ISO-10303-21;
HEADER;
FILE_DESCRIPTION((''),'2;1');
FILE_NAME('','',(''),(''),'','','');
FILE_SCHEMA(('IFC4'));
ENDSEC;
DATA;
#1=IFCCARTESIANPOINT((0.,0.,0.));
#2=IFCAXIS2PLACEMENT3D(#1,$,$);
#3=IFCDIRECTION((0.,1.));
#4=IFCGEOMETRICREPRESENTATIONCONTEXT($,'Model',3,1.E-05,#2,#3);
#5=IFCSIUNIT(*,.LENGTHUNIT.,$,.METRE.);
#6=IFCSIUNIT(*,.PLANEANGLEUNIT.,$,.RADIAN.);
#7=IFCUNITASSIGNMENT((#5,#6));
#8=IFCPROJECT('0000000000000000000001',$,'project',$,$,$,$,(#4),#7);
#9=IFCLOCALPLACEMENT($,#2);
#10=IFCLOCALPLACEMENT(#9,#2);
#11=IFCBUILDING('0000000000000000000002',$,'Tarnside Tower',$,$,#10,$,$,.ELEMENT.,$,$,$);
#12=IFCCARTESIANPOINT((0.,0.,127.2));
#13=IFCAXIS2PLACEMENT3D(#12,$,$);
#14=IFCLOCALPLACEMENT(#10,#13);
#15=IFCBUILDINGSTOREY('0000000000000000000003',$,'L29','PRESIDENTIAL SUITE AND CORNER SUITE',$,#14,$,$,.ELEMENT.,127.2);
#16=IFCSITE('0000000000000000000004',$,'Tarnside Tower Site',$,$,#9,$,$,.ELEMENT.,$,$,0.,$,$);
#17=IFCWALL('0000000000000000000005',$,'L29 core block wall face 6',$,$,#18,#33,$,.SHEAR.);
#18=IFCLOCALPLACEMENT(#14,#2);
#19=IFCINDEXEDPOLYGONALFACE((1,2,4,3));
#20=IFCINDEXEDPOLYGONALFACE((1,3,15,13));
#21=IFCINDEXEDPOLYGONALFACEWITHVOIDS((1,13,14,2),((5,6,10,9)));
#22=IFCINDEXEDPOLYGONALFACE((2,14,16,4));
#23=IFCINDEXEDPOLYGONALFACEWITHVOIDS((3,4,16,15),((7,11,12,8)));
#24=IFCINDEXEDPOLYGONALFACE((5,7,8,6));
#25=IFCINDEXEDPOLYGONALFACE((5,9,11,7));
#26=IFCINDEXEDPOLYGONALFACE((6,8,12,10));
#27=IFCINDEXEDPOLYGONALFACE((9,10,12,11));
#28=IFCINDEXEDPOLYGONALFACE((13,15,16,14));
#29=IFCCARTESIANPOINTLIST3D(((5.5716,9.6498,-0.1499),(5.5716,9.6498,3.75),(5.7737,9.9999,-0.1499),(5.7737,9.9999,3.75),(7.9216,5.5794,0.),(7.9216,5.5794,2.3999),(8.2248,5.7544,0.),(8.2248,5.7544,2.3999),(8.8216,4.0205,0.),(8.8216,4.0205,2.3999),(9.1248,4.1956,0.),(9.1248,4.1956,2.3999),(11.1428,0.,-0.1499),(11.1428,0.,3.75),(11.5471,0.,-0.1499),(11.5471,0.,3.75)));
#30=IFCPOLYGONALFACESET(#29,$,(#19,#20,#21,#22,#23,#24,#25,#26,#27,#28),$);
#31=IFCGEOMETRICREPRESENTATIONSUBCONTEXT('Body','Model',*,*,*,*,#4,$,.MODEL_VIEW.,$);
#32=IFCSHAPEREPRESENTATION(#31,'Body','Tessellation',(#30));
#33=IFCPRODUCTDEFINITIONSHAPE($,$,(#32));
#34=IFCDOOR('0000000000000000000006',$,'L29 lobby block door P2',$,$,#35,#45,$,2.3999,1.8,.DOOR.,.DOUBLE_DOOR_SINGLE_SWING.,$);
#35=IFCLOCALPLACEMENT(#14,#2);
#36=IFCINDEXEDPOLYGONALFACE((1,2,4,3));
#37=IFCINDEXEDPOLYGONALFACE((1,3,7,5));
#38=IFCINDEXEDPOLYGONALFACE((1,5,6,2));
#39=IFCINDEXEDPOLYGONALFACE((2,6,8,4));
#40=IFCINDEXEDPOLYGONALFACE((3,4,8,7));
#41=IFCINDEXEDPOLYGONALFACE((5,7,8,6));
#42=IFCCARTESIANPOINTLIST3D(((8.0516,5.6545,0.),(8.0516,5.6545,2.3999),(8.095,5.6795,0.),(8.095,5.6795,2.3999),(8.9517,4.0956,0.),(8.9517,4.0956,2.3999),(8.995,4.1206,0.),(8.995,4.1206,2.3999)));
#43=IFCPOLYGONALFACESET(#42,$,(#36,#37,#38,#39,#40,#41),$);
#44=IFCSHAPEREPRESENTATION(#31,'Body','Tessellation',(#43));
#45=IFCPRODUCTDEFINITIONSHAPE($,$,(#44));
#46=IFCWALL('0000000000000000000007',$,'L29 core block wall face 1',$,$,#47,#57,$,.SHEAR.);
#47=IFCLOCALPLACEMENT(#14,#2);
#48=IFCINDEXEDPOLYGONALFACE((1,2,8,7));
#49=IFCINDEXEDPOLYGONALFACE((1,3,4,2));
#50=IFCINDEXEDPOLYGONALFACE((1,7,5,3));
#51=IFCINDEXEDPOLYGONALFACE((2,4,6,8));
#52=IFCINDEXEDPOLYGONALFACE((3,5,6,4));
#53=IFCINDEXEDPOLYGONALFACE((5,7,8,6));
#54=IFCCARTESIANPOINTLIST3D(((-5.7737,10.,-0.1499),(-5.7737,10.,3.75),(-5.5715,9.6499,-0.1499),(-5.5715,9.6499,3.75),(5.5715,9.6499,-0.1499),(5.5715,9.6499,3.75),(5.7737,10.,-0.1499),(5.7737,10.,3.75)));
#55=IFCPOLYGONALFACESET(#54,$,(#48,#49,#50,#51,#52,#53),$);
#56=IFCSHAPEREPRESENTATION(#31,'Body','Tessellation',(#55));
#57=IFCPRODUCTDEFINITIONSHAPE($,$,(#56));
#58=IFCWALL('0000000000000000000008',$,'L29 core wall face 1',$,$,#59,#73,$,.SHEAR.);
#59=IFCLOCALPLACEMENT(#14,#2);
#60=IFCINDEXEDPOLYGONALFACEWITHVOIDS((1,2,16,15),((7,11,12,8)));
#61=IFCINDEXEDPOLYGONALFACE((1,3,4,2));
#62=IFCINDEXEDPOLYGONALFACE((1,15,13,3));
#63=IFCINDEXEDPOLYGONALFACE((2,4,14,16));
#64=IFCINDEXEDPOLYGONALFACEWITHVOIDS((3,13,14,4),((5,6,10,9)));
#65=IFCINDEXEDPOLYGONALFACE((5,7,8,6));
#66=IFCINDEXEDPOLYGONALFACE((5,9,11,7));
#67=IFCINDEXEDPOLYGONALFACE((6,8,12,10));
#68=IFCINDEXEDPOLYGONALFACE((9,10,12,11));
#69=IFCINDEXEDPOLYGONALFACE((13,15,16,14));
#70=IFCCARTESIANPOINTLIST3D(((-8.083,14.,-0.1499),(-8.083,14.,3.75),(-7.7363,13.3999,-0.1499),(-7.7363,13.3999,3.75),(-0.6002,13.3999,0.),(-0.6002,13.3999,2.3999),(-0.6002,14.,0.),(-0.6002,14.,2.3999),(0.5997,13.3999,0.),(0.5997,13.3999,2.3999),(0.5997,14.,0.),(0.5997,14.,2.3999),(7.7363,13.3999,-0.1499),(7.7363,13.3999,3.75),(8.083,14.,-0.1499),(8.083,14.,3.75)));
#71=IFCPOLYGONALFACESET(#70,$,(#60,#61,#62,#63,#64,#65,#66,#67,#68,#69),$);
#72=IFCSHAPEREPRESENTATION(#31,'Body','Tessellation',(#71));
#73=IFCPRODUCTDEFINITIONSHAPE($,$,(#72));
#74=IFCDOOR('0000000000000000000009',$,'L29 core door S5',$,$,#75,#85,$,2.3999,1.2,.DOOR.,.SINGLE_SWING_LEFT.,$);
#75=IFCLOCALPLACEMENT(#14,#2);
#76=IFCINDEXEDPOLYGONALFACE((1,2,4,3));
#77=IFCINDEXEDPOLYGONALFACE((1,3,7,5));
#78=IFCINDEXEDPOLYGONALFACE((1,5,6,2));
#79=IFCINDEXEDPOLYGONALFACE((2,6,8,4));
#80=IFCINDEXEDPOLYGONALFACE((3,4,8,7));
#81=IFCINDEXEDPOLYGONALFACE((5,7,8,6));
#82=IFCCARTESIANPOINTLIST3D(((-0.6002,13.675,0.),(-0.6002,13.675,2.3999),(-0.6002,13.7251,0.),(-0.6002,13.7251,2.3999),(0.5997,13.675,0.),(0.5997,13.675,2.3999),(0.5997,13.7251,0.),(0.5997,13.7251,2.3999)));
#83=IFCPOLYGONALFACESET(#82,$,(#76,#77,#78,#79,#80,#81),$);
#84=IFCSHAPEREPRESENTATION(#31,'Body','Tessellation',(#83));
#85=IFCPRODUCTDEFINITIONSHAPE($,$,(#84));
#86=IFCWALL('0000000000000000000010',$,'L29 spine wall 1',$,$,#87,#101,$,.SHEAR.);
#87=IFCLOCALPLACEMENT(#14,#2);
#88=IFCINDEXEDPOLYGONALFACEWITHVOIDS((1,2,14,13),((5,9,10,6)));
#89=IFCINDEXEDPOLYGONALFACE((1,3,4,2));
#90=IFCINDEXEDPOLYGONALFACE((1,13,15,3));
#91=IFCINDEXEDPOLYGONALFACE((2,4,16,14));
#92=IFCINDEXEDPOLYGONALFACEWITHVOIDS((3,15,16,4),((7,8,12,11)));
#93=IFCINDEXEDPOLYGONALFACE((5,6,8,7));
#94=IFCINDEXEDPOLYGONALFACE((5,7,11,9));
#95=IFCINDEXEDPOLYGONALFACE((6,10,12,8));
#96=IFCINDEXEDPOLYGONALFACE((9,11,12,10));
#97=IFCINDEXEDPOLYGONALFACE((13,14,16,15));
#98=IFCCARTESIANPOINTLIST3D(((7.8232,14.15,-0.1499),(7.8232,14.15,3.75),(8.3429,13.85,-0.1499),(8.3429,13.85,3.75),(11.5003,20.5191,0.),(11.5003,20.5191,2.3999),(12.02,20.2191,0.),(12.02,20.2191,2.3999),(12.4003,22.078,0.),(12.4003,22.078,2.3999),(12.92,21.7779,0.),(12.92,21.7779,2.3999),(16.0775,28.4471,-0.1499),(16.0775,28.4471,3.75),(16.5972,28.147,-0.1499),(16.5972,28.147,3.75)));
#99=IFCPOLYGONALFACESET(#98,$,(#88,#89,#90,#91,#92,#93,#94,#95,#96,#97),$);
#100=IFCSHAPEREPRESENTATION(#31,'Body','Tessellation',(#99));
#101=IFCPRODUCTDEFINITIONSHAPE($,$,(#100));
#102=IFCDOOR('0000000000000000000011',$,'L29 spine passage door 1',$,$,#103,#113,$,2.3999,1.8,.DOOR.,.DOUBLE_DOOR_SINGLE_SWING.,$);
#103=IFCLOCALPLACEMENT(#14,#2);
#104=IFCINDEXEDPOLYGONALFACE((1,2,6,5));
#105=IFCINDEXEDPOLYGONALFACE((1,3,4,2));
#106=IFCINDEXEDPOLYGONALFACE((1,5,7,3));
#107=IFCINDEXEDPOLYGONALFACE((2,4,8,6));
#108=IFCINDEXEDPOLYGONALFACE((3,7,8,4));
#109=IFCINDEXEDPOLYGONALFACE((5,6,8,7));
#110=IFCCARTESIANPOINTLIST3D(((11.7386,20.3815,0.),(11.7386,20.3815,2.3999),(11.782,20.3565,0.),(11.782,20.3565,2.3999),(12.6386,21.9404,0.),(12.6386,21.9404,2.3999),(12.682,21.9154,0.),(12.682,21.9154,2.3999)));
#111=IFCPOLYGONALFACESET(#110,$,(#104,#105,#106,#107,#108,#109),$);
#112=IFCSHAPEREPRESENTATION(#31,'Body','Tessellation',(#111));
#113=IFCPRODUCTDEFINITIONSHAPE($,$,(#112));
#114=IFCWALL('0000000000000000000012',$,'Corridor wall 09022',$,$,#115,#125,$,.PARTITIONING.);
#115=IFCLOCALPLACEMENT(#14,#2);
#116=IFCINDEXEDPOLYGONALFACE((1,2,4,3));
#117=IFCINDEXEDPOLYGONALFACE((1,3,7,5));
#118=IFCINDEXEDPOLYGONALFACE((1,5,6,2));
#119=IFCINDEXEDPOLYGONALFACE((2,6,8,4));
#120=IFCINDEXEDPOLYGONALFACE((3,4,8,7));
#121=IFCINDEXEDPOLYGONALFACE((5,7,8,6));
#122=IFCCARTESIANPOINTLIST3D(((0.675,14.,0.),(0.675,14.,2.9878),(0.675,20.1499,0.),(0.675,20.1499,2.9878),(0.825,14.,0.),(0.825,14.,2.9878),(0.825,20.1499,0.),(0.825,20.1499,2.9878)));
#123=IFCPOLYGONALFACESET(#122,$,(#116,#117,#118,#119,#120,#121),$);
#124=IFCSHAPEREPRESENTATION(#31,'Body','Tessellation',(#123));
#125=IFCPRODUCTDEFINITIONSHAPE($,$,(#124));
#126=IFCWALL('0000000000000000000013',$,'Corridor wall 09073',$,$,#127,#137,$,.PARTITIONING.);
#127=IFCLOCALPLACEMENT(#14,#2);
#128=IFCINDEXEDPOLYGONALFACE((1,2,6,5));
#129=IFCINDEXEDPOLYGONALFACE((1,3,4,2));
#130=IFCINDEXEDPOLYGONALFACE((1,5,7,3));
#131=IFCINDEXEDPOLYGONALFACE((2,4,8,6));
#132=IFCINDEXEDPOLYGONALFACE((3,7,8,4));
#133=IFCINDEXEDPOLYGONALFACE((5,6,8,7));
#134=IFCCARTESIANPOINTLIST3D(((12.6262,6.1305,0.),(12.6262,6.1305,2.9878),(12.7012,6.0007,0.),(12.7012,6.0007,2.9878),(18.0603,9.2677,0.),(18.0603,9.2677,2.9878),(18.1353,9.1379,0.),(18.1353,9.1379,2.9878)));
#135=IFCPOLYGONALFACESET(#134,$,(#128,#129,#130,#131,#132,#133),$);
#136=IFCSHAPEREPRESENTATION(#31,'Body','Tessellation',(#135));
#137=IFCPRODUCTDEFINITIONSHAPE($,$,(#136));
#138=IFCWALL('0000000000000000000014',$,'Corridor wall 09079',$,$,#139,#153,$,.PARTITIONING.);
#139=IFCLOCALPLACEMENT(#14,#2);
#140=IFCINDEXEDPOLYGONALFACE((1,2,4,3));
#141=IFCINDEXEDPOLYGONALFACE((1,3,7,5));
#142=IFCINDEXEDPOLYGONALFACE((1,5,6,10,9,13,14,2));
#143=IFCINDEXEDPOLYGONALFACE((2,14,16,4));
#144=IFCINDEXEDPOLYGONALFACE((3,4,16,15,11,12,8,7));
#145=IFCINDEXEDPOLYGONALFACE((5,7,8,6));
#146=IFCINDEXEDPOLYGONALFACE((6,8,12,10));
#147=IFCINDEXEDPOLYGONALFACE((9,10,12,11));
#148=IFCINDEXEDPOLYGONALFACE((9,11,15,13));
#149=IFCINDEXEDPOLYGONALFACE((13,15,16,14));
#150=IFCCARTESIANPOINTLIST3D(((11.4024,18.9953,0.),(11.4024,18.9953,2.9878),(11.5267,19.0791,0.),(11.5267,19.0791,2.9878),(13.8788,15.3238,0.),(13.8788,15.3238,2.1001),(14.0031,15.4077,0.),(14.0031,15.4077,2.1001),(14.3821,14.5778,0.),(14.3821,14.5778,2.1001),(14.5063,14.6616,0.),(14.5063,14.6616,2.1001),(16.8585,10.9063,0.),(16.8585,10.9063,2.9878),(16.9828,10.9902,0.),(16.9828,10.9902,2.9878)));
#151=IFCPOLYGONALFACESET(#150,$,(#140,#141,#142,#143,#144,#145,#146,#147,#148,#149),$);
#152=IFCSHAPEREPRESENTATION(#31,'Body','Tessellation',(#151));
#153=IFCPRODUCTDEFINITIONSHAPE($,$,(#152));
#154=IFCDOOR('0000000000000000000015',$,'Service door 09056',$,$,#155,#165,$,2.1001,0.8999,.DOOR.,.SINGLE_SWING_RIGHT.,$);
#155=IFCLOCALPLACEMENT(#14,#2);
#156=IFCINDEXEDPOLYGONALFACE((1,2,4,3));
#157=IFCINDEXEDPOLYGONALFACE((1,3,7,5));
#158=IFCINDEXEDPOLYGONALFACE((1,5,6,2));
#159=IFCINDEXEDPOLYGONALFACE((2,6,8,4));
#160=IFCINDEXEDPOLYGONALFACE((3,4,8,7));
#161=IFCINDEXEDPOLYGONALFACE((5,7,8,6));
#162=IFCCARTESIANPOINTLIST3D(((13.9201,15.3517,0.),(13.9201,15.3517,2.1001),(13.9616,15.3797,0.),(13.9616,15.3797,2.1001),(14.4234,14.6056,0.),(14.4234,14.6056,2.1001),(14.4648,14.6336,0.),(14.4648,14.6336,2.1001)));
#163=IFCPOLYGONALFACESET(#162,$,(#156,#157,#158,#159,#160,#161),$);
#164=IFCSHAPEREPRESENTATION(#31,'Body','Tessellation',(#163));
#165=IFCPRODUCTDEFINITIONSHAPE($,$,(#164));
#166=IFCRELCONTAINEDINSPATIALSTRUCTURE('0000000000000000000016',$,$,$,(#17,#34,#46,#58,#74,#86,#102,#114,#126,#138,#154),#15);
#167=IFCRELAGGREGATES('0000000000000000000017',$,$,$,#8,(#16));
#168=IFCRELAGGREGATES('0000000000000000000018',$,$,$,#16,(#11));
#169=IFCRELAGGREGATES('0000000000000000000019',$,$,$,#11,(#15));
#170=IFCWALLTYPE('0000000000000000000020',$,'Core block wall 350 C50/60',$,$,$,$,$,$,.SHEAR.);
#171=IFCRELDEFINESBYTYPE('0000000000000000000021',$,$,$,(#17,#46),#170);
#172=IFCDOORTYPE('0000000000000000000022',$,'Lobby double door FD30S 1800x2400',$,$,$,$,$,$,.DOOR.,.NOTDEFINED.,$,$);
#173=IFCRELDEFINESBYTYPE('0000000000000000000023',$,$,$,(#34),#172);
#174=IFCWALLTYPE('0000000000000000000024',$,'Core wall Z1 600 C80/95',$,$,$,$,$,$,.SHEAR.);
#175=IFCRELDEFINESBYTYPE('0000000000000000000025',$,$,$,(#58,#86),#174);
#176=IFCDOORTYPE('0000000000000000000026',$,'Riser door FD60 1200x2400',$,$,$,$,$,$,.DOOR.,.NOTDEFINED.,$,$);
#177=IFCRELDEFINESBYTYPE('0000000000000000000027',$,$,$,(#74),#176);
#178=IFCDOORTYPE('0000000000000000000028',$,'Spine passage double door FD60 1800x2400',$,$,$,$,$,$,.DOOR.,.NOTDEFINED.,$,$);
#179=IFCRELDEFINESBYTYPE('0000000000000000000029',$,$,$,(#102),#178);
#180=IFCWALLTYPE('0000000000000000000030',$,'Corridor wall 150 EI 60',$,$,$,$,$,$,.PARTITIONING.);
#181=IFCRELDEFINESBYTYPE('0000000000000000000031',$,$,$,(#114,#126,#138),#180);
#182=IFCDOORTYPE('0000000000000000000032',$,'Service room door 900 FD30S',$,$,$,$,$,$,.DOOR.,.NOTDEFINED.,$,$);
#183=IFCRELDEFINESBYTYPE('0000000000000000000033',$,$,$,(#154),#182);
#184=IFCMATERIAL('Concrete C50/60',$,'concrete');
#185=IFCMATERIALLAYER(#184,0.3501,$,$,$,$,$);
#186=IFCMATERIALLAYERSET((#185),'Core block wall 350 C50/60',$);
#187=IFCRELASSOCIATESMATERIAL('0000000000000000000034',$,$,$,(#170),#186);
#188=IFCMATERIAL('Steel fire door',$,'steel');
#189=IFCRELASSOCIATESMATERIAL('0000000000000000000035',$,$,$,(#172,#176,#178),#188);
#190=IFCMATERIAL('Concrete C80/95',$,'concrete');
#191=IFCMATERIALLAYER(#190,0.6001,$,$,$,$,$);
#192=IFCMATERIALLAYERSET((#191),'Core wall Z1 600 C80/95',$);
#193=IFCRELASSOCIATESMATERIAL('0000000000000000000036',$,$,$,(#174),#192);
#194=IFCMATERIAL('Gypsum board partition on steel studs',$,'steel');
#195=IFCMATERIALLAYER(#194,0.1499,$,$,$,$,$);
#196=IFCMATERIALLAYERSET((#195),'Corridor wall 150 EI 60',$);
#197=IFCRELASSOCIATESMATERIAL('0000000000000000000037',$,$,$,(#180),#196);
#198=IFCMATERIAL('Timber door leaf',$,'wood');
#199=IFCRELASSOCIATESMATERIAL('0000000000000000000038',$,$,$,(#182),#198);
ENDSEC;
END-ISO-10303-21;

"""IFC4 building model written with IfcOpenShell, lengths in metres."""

from ifc_helpers import new_model, si_unit, direction, frame, frame_2d, origin, place, context, subcontext, project, spatial, polyline, rectangle, outline, extrude, material, layer, layer_set, type_object, element, fill, save


model = new_model("IFC4")

# Units and contexts
model_context = context("Model", 3, precision=1e-05, world=origin(), true_north=direction((0.0, 1.0)))
body_context = subcontext(model_context, "Body", "Model", "MODEL_VIEW")
ifc_project = project(units=[si_unit("LENGTHUNIT", "METRE"), si_unit("PLANEANGLEUNIT", "RADIAN")], contexts=[model_context])

# Site, building, storey
site_placement = place(None, origin())
site = spatial("IfcSite", under=ifc_project, at=site_placement, Name="Tarnside Tower Site", CompositionType="ELEMENT", RefElevation=0.0)
building_placement = place(site_placement, origin())
building = spatial("IfcBuilding", under=site, at=building_placement, Name="Tarnside Tower", CompositionType="ELEMENT")
storey_placement = place(building_placement, frame((0.0, 0.0, 127.2)))
storey = spatial("IfcBuildingStorey", under=building, at=storey_placement, Name="L29", Description="PRESIDENTIAL SUITE AND CORNER SUITE", CompositionType="ELEMENT", Elevation=127.2)

# Wall, opening, door
ifc_material_1 = material(Name="Concrete C50/60", Category="concrete")
ifc_layer_1 = layer(ifc_material_1, 0.3501)
ifc_layer_set_1 = layer_set([ifc_layer_1], Name="Core block wall 350 C50/60")
wall_type_1 = type_object("IfcWallType", Name="Core block wall 350 C50/60", PredefinedType="SHEAR", material=ifc_layer_set_1)
wall_1_placement = place(storey_placement, frame((11.345, 0.0, -0.1499), z_axis=(0.0, 0.0, 1.0), x_axis=(-0.499995, 0.866028, 0.0)))
wall_1 = element("IfcWall", 1, at=wall_1_placement, inside=storey, type_object=wall_type_1, Name="L29 core block wall face 6", PredefinedType="SHEAR", context=body_context, shape_type="SweptSolid", body=[
    extrude(outline(polyline([(-0.1011, -0.175), (11.4458, -0.175), (11.2437, 0.175), (0.1011, 0.175), (-0.1011, -0.175)])), origin(), (0.0, 0.0, 1.0), 3.8999),
])
opening_1_placement = place(wall_1_placement, frame((4.7437, 0.0, 0.1499)))
opening_1 = element("IfcOpeningElement", 2, at=opening_1_placement, cuts=wall_1, PredefinedType="OPENING", context=body_context, shape_type="SweptSolid", body=[
    extrude(rectangle(XDim=1.8, YDim=2.3999, at=frame_2d((0.8999, 1.2))), frame((0.0, 0.1851, 0.0), z_axis=(0.0, -1.0, 0.0), x_axis=(1.0, 0.0, 0.0)), (0.0, 0.0, 1.0), 0.3701),
])
ifc_material_2 = material(Name="Steel fire door", Category="steel")
door_type_1 = type_object("IfcDoorType", Name="Lobby double door FD30S 1800x2400", OperationType="NOTDEFINED", PredefinedType="DOOR", material=ifc_material_2)
door_1_placement = place(opening_1_placement, origin())
door_1 = element("IfcDoor", 3, at=door_1_placement, inside=storey, type_object=door_type_1, Name="L29 lobby block door P2", OperationType="DOUBLE_DOOR_SINGLE_SWING", OverallHeight=2.3999, OverallWidth=1.8, PredefinedType="DOOR", context=body_context, shape_type="SweptSolid", body=[
    extrude(rectangle(XDim=1.8, YDim=2.3999, at=frame_2d((0.8999, 1.2))), frame((0.0, 0.0249, 0.0), z_axis=(0.0, -1.0, 0.0), x_axis=(1.0, 0.0, 0.0)), (0.0, 0.0, 1.0), 0.05),
])
fill(opening_1, door_1)

# Wall
wall_2_placement = place(storey_placement, frame((5.6726, 9.825, -0.1499), z_axis=(0.0, 0.0, 1.0), x_axis=(-1.0, 0.0, 0.0)))
element("IfcWall", 4, at=wall_2_placement, inside=storey, type_object=wall_type_1, Name="L29 core block wall face 1", PredefinedType="SHEAR", context=body_context, shape_type="SweptSolid", body=[
    extrude(outline(polyline([(-0.1011, -0.175), (11.4463, -0.175), (11.2441, 0.175), (0.1011, 0.175), (-0.1011, -0.175)])), origin(), (0.0, 0.0, 1.0), 3.8999),
])

# Walls, openings, doors
ifc_material_3 = material(Name="Concrete C80/95", Category="concrete")
ifc_layer_2 = layer(ifc_material_3, 0.6001)
ifc_layer_set_2 = layer_set([ifc_layer_2], Name="Core wall Z1 600 C80/95")
wall_type_2 = type_object("IfcWallType", Name="Core wall Z1 600 C80/95", PredefinedType="SHEAR", material=ifc_layer_set_2)
wall_3_placement = place(storey_placement, frame((7.9097, 13.7, -0.1499), z_axis=(0.0, 0.0, 1.0), x_axis=(-1.0, 0.0, 0.0)))
wall_3 = element("IfcWall", 5, at=wall_3_placement, inside=storey, type_object=wall_type_2, Name="L29 core wall face 1", PredefinedType="SHEAR", context=body_context, shape_type="SweptSolid", body=[
    extrude(outline(polyline([(-0.1733, -0.3), (15.9927, -0.3), (15.646, 0.3), (0.1733, 0.3), (-0.1733, -0.3)])), origin(), (0.0, 0.0, 1.0), 3.8999),
])
opening_2_placement = place(wall_3_placement, frame((7.3098, 0.0, 0.1499)))
opening_2 = element("IfcOpeningElement", 6, at=opening_2_placement, cuts=wall_3, PredefinedType="OPENING", context=body_context, shape_type="SweptSolid", body=[
    extrude(rectangle(XDim=1.2, YDim=2.3999, at=frame_2d((0.6001, 1.2))), frame((0.0, 0.3101, 0.0), z_axis=(0.0, -1.0, 0.0), x_axis=(1.0, 0.0, 0.0)), (0.0, 0.0, 1.0), 0.6201),
])
door_type_2 = type_object("IfcDoorType", Name="Riser door FD60 1200x2400", OperationType="NOTDEFINED", PredefinedType="DOOR", material=ifc_material_2)
door_2_placement = place(opening_2_placement, origin())
door_2 = element("IfcDoor", 7, at=door_2_placement, inside=storey, type_object=door_type_2, Name="L29 core door S5", OperationType="SINGLE_SWING_LEFT", OverallHeight=2.3999, OverallWidth=1.2, PredefinedType="DOOR", context=body_context, shape_type="SweptSolid", body=[
    extrude(rectangle(XDim=1.2, YDim=2.3999, at=frame_2d((0.6001, 1.2))), frame((0.0, 0.0249, 0.0), z_axis=(0.0, -1.0, 0.0), x_axis=(1.0, 0.0, 0.0)), (0.0, 0.0, 1.0), 0.05),
])
fill(opening_2, door_2)
wall_4_placement = place(storey_placement, frame((8.083, 14.0, -0.1499), z_axis=(0.0, 0.0, 1.0), x_axis=(0.499998, 0.866027, 0.0)))
wall_4 = element("IfcWall", 8, at=wall_4_placement, inside=storey, type_object=wall_type_2, Name="L29 spine wall 1", PredefinedType="SHEAR", context=body_context, shape_type="SweptSolid", body=[
    extrude(rectangle(XDim=16.5088, YDim=0.6001, at=frame_2d((8.2544, 0.0))), origin(), (0.0, 0.0, 1.0), 3.8999),
])
opening_3_placement = place(wall_4_placement, frame((7.3545, 0.0, 0.1499)))
opening_3 = element("IfcOpeningElement", 9, at=opening_3_placement, cuts=wall_4, PredefinedType="OPENING", context=body_context, shape_type="SweptSolid", body=[
    extrude(rectangle(XDim=1.8, YDim=2.3999, at=frame_2d((0.8999, 1.2))), frame((0.0, 0.3101, 0.0), z_axis=(0.0, -1.0, 0.0), x_axis=(1.0, 0.0, 0.0)), (0.0, 0.0, 1.0), 0.6201),
])
door_type_3 = type_object("IfcDoorType", Name="Spine passage double door FD60 1800x2400", OperationType="NOTDEFINED", PredefinedType="DOOR", material=ifc_material_2)
door_3_placement = place(opening_3_placement, origin())
door_3 = element("IfcDoor", 10, at=door_3_placement, inside=storey, type_object=door_type_3, Name="L29 spine passage door 1", OperationType="DOUBLE_DOOR_SINGLE_SWING", OverallHeight=2.3999, OverallWidth=1.8, PredefinedType="DOOR", context=body_context, shape_type="SweptSolid", body=[
    extrude(rectangle(XDim=1.8, YDim=2.3999, at=frame_2d((0.8999, 1.2))), frame((0.0, 0.0249, 0.0), z_axis=(0.0, -1.0, 0.0), x_axis=(1.0, 0.0, 0.0)), (0.0, 0.0, 1.0), 0.05),
])
fill(opening_3, door_3)

# Walls
ifc_material_4 = material(Name="Gypsum board partition on steel studs", Category="steel")
ifc_layer_3 = layer(ifc_material_4, 0.1499)
ifc_layer_set_3 = layer_set([ifc_layer_3], Name="Corridor wall 150 EI 60")
wall_type_3 = type_object("IfcWallType", Name="Corridor wall 150 EI 60", PredefinedType="PARTITIONING", material=ifc_layer_set_3)
wall_5_placement = place(storey_placement, frame((0.75, 14.0, 0.0), z_axis=(0.0, 0.0, 1.0), x_axis=(0.0, 1.0, 0.0)))
element("IfcWall", 11, at=wall_5_placement, inside=storey, type_object=wall_type_3, Name="Corridor wall 09022", PredefinedType="PARTITIONING", context=body_context, shape_type="SweptSolid", body=[
    extrude(rectangle(XDim=6.1499, YDim=0.1499, at=frame_2d((3.075, 0.0))), origin(), (0.0, 0.0, 1.0), 2.9878),
])
wall_6_placement = place(storey_placement, frame((12.6638, 6.0657, 0.0), z_axis=(0.0, 0.0, 1.0), x_axis=(0.866037, 0.499981, 0.0)))
element("IfcWall", 12, at=wall_6_placement, inside=storey, type_object=wall_type_3, Name="Corridor wall 09073", PredefinedType="PARTITIONING", context=body_context, shape_type="SweptSolid", body=[
    extrude(rectangle(XDim=6.2747, YDim=0.1499, at=frame_2d((3.1372, 0.0))), origin(), (0.0, 0.0, 1.0), 2.9878),
])

# Wall, opening, door
wall_7_placement = place(storey_placement, frame((11.4646, 19.0371, 0.0), z_axis=(0.0, 0.0, 1.0), x_axis=(0.559196, -0.829035, 0.0)))
wall_7 = element("IfcWall", 13, at=wall_7_placement, inside=storey, type_object=wall_type_3, Name="Corridor wall 09079", PredefinedType="PARTITIONING", context=body_context, shape_type="SweptSolid", body=[
    extrude(rectangle(XDim=9.7571, YDim=0.1499, at=frame_2d((4.8784, 0.0))), origin(), (0.0, 0.0, 1.0), 2.9878),
])
opening_4_placement = place(wall_7_placement, frame((4.4285, 0.0, 0.0)))
opening_4 = element("IfcOpeningElement", 14, at=opening_4_placement, cuts=wall_7, PredefinedType="OPENING", context=body_context, shape_type="SweptSolid", body=[
    extrude(rectangle(XDim=0.8999, YDim=2.1001, at=frame_2d((0.45, 1.05))), frame((0.0, 0.085, 0.0), z_axis=(0.0, -1.0, 0.0), x_axis=(1.0, 0.0, 0.0)), (0.0, 0.0, 1.0), 0.1699),
])
ifc_material_5 = material(Name="Timber door leaf", Category="wood")
door_type_4 = type_object("IfcDoorType", Name="Service room door 900 FD30S", OperationType="NOTDEFINED", PredefinedType="DOOR", material=ifc_material_5)
door_4_placement = place(opening_4_placement, origin())
door_4 = element("IfcDoor", 15, at=door_4_placement, inside=storey, type_object=door_type_4, Name="Service door 09056", OperationType="SINGLE_SWING_RIGHT", OverallHeight=2.1001, OverallWidth=0.8999, PredefinedType="DOOR", context=body_context, shape_type="SweptSolid", body=[
    extrude(rectangle(XDim=0.8999, YDim=2.1001, at=frame_2d((0.45, 1.05))), frame((0.0, 0.0249, 0.0), z_axis=(0.0, -1.0, 0.0), x_axis=(1.0, 0.0, 0.0)), (0.0, 0.0, 1.0), 0.05),
])
fill(opening_4, door_4)

save(model, "model.ifc")
